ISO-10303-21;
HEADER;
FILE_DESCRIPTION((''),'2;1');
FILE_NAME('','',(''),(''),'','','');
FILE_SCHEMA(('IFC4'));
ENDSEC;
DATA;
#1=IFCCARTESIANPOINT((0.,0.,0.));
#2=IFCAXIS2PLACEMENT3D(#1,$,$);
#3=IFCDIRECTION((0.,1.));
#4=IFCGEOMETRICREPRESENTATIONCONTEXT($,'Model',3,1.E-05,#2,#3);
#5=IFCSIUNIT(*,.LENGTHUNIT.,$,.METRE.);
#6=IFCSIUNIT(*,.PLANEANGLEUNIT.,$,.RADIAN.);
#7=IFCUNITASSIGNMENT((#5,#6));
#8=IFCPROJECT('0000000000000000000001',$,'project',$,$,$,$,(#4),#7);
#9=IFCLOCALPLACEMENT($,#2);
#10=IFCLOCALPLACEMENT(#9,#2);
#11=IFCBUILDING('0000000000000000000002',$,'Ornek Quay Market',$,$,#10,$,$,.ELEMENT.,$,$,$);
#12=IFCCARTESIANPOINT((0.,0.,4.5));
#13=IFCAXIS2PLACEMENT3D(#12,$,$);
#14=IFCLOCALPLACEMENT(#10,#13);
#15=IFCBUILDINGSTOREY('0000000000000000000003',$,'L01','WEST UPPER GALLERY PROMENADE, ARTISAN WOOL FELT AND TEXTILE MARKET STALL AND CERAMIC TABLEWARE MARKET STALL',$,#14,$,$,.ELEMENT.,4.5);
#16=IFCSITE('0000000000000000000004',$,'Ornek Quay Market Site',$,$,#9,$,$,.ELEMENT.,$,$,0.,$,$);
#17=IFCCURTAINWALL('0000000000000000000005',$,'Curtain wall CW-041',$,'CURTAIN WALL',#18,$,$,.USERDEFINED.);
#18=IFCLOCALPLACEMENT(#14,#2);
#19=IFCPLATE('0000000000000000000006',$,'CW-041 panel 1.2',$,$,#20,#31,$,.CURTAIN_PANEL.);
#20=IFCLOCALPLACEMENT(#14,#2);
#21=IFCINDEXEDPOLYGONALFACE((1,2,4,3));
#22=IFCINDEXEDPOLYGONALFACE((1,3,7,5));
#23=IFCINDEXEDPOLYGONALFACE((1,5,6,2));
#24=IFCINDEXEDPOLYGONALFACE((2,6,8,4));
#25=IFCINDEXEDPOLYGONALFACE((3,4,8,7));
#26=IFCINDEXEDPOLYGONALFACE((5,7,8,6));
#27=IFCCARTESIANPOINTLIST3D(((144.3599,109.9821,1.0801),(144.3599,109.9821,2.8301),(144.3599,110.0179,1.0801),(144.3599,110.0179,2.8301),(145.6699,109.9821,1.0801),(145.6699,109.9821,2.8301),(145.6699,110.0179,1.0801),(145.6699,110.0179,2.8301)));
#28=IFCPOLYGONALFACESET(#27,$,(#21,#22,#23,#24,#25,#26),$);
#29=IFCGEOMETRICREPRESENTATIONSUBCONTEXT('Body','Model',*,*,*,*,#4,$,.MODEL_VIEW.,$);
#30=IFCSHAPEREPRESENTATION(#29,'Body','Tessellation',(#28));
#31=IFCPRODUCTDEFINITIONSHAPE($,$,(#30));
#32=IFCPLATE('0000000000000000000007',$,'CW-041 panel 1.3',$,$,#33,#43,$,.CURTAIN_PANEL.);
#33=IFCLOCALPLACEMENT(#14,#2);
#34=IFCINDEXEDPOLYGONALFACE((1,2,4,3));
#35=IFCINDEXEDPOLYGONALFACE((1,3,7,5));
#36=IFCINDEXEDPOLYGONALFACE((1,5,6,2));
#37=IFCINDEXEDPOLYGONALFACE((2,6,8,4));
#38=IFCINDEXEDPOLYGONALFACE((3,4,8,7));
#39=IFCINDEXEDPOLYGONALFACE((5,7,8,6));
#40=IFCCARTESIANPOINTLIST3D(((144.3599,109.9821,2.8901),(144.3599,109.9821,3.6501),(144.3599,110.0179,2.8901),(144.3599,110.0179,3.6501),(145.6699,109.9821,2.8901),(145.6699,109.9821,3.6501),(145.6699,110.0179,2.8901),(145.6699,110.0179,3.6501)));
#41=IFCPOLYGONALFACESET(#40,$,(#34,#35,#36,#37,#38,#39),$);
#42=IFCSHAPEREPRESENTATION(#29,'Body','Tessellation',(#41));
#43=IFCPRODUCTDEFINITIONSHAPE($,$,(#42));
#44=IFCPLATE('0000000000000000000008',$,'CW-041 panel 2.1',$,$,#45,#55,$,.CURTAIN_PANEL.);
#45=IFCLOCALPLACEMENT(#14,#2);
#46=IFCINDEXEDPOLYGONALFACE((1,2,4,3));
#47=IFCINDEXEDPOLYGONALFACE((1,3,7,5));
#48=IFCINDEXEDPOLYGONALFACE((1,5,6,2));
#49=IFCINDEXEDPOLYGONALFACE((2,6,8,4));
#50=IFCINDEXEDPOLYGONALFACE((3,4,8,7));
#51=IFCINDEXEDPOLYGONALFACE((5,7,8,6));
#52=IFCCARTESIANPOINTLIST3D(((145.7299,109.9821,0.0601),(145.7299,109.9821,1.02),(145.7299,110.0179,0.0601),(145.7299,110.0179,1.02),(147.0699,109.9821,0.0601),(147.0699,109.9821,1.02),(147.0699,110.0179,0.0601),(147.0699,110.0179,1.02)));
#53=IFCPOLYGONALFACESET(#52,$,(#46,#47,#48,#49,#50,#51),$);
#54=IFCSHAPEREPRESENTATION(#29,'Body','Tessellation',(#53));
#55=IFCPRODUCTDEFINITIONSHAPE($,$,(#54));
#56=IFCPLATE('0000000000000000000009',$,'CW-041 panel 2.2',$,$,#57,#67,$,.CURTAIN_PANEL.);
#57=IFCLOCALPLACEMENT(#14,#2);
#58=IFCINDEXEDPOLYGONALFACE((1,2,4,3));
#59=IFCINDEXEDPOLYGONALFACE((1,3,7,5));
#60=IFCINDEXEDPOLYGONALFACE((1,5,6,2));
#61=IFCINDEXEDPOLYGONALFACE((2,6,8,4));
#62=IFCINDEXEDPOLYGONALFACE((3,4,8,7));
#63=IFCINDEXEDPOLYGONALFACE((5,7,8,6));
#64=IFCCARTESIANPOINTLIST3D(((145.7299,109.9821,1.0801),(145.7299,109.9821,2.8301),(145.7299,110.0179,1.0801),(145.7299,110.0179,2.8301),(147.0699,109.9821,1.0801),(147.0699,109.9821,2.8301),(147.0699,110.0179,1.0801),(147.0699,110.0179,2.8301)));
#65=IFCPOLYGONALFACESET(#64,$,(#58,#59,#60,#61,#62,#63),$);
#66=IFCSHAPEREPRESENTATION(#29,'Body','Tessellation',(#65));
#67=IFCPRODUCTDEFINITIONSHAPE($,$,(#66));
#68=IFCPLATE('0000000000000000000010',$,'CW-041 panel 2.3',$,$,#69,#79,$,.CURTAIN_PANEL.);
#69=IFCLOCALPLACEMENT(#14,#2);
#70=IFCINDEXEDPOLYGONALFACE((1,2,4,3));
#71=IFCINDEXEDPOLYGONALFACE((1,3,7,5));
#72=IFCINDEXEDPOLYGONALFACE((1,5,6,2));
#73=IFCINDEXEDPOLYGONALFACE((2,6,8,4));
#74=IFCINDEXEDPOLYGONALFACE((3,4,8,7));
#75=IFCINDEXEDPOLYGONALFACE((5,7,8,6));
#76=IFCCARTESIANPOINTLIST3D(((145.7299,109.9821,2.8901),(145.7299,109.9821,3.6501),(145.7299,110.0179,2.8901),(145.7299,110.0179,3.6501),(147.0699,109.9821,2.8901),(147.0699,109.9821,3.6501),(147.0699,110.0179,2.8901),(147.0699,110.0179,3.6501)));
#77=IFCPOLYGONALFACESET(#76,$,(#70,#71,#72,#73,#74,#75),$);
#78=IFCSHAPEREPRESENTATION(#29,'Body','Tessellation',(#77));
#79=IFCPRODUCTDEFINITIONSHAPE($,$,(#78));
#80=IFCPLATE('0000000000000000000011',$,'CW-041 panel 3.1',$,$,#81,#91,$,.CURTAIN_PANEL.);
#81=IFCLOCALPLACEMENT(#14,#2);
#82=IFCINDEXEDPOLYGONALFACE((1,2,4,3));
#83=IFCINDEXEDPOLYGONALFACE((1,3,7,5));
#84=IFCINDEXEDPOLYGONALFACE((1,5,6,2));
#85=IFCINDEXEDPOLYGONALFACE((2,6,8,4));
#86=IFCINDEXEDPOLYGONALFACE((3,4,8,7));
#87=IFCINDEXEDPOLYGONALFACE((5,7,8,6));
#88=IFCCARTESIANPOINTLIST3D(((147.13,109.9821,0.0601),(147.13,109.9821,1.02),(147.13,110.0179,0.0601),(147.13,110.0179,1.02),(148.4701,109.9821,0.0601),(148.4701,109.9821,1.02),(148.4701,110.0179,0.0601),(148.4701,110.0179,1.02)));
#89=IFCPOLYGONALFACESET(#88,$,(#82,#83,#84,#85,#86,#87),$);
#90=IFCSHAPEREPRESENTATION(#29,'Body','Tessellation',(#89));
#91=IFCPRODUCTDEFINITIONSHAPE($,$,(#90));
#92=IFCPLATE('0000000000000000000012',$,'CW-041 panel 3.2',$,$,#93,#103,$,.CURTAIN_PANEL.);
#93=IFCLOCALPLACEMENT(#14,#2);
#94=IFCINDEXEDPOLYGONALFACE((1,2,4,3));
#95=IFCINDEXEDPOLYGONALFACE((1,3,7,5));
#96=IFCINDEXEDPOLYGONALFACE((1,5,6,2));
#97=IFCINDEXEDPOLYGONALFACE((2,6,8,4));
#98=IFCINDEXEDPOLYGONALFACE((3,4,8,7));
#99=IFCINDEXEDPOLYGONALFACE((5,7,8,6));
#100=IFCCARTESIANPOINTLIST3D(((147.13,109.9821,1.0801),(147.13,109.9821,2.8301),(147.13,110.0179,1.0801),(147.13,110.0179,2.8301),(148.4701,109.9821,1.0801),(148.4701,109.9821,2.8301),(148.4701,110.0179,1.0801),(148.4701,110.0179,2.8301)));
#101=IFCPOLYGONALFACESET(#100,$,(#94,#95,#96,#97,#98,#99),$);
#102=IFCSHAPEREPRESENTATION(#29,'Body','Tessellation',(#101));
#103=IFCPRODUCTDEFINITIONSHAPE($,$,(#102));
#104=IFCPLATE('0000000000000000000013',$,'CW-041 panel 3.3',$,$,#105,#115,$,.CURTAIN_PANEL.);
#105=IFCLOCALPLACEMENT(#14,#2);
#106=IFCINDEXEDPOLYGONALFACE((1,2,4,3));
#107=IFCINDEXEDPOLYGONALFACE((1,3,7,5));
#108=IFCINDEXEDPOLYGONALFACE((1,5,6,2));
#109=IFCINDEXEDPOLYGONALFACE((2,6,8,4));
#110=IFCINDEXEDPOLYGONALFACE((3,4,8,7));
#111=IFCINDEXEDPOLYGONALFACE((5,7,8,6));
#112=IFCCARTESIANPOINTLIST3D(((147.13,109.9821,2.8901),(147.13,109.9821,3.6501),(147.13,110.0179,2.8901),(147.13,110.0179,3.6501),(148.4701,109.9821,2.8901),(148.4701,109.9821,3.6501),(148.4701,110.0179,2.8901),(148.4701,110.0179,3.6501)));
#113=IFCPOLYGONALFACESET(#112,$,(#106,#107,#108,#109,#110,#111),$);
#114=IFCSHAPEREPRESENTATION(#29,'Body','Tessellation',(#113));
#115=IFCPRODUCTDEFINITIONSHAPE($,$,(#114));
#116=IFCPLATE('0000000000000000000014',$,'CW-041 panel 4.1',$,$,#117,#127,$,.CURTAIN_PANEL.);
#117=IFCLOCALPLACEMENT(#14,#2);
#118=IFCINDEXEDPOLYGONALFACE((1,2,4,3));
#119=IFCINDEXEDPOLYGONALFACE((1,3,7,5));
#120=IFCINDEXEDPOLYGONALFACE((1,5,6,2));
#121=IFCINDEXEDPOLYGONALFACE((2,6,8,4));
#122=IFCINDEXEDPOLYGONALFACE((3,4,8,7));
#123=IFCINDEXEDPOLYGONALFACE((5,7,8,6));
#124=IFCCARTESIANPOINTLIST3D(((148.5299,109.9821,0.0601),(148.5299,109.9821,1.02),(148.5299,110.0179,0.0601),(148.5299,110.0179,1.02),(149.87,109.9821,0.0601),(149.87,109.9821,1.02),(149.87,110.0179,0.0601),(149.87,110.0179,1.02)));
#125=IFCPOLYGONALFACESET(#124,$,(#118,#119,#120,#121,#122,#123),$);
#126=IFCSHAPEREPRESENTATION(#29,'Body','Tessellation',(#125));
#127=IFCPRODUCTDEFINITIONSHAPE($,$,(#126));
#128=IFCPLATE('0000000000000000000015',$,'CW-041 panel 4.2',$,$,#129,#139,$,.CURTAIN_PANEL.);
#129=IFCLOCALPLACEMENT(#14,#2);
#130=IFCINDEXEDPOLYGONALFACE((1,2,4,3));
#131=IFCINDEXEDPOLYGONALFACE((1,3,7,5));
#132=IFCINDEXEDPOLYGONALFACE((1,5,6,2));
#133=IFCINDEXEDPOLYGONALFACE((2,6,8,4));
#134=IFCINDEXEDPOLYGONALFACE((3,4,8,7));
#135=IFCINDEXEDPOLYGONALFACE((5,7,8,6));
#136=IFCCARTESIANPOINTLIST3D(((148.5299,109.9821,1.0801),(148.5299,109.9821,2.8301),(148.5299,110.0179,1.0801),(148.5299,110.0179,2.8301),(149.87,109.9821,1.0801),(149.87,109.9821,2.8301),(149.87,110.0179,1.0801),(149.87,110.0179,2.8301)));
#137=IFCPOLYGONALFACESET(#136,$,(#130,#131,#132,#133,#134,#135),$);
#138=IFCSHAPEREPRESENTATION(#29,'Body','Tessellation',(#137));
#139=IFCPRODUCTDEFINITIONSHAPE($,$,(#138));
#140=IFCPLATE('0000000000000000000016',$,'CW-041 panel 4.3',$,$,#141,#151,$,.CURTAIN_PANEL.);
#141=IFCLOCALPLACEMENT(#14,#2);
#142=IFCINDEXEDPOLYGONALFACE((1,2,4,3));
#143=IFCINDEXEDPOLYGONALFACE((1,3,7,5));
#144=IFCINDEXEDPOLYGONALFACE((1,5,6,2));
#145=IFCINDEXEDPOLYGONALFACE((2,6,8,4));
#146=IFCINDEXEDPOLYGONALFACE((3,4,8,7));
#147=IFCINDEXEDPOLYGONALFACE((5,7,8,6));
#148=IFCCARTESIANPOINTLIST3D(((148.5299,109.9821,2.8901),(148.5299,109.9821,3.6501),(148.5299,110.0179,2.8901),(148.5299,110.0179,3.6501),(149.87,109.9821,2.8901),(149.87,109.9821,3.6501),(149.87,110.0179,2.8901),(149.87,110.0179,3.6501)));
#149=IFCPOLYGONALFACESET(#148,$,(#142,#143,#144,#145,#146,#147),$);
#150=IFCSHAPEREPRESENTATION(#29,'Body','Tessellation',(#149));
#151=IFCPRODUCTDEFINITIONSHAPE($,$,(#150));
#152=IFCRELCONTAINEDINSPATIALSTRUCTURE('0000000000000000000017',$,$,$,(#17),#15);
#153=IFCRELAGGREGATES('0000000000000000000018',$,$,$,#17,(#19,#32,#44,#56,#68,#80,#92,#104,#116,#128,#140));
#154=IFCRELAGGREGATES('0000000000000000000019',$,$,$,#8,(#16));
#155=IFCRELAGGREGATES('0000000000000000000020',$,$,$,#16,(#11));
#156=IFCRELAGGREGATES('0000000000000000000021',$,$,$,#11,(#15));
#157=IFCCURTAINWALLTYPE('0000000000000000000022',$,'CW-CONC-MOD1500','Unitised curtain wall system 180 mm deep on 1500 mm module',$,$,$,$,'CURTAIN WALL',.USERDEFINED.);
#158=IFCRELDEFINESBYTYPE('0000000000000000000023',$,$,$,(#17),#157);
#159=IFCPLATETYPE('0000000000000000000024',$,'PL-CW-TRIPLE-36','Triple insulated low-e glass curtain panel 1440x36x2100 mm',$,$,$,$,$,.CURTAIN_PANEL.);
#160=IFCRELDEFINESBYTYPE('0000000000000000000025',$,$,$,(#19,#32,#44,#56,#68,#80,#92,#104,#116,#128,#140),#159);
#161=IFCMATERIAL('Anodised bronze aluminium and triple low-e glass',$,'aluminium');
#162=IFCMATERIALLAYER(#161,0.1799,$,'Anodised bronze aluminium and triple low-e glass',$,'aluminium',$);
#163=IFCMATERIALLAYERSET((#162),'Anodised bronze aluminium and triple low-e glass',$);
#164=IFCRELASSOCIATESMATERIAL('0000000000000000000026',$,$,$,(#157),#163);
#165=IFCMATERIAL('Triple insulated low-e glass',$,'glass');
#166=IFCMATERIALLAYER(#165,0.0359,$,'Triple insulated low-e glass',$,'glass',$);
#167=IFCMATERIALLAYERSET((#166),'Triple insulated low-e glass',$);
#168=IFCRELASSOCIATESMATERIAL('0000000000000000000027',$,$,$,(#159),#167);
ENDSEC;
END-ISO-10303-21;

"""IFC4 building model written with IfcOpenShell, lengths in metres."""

from ifc_helpers import new_model, si_unit, direction, frame, origin, origin_2d, place, context, subcontext, project, spatial, rectangle, extrude, material, layer, layer_set, type_object, element, aggregate, save


model = new_model("IFC4")

# Units and contexts
model_context = context("Model", 3, precision=1e-05, world=origin(), true_north=direction((0.0, 1.0)))
body_context = subcontext(model_context, "Body", "Model", "MODEL_VIEW")
ifc_project = project(units=[si_unit("LENGTHUNIT", "METRE"), si_unit("PLANEANGLEUNIT", "RADIAN")], contexts=[model_context])

# Site, building, storey
site_placement = place(None, origin())
site = spatial("IfcSite", under=ifc_project, at=site_placement, Name="Ornek Quay Market Site", CompositionType="ELEMENT", RefElevation=0.0)
building_placement = place(site_placement, origin())
building = spatial("IfcBuilding", under=site, at=building_placement, Name="Ornek Quay Market", CompositionType="ELEMENT")
storey_placement = place(building_placement, frame((0.0, 0.0, 4.5)))
storey = spatial("IfcBuildingStorey", under=building, at=storey_placement, Name="L01", Description="WEST UPPER GALLERY PROMENADE, ARTISAN WOOL FELT AND TEXTILE MARKET STALL AND CERAMIC TABLEWARE MARKET STALL", CompositionType="ELEMENT", Elevation=4.5)

# Curtain wall, plates
ifc_material_1 = material(Name="Anodised bronze aluminium and triple low-e glass", Category="aluminium")
ifc_layer_1 = layer(ifc_material_1, 0.1799, Name="Anodised bronze aluminium and triple low-e glass", Category="aluminium")
ifc_layer_set_1 = layer_set([ifc_layer_1], Name="Anodised bronze aluminium and triple low-e glass")
curtain_wall_type = type_object("IfcCurtainWallType", Name="CW-CONC-MOD1500", Description="Unitised curtain wall system 180 mm deep on 1500 mm module", ElementType="CURTAIN WALL", PredefinedType="USERDEFINED", material=ifc_layer_set_1)
curtain_wall_placement = place(storey_placement, origin())
curtain_wall = element("IfcCurtainWall", 1, at=curtain_wall_placement, inside=storey, type_object=curtain_wall_type, Name="Curtain wall CW-041", ObjectType="CURTAIN WALL", PredefinedType="USERDEFINED")
ifc_material_2 = material(Name="Triple insulated low-e glass", Category="glass")
ifc_layer_2 = layer(ifc_material_2, 0.0359, Name="Triple insulated low-e glass", Category="glass")
ifc_layer_set_2 = layer_set([ifc_layer_2], Name="Triple insulated low-e glass")
plate_type = type_object("IfcPlateType", Name="PL-CW-TRIPLE-36", Description="Triple insulated low-e glass curtain panel 1440x36x2100 mm", PredefinedType="CURTAIN_PANEL", material=ifc_layer_set_2)
plate_1_placement = place(storey_placement, frame((145.0149, 110.0, 1.0801), z_axis=(0.0, 0.0, 1.0), x_axis=(1.0, 0.0, 0.0)))
plate_1 = element("IfcPlate", 2, at=plate_1_placement, type_object=plate_type, Name="CW-041 panel 1.2", PredefinedType="CURTAIN_PANEL", context=body_context, shape_type="SweptSolid", body=[
    extrude(rectangle(XDim=1.3101, YDim=0.0359, at=origin_2d()), origin(), (0.0, 0.0, 1.0), 1.75),
])
plate_2_placement = place(storey_placement, frame((145.0149, 110.0, 2.8901), z_axis=(0.0, 0.0, 1.0), x_axis=(1.0, 0.0, 0.0)))
plate_2 = element("IfcPlate", 3, at=plate_2_placement, type_object=plate_type, Name="CW-041 panel 1.3", PredefinedType="CURTAIN_PANEL", context=body_context, shape_type="SweptSolid", body=[
    extrude(rectangle(XDim=1.3101, YDim=0.0359, at=origin_2d()), origin(), (0.0, 0.0, 1.0), 0.76),
])
plate_3_placement = place(storey_placement, frame((146.3999, 110.0, 0.0601), z_axis=(0.0, 0.0, 1.0), x_axis=(1.0, 0.0, 0.0)))
plate_3 = element("IfcPlate", 4, at=plate_3_placement, type_object=plate_type, Name="CW-041 panel 2.1", PredefinedType="CURTAIN_PANEL", context=body_context, shape_type="SweptSolid", body=[
    extrude(rectangle(XDim=1.3401, YDim=0.0359, at=origin_2d()), origin(), (0.0, 0.0, 1.0), 0.96),
])
plate_4_placement = place(storey_placement, frame((146.3999, 110.0, 1.0801), z_axis=(0.0, 0.0, 1.0), x_axis=(1.0, 0.0, 0.0)))
plate_4 = element("IfcPlate", 5, at=plate_4_placement, type_object=plate_type, Name="CW-041 panel 2.2", PredefinedType="CURTAIN_PANEL", context=body_context, shape_type="SweptSolid", body=[
    extrude(rectangle(XDim=1.3401, YDim=0.0359, at=origin_2d()), origin(), (0.0, 0.0, 1.0), 1.75),
])
plate_5_placement = place(storey_placement, frame((146.3999, 110.0, 2.8901), z_axis=(0.0, 0.0, 1.0), x_axis=(1.0, 0.0, 0.0)))
plate_5 = element("IfcPlate", 6, at=plate_5_placement, type_object=plate_type, Name="CW-041 panel 2.3", PredefinedType="CURTAIN_PANEL", context=body_context, shape_type="SweptSolid", body=[
    extrude(rectangle(XDim=1.3401, YDim=0.0359, at=origin_2d()), origin(), (0.0, 0.0, 1.0), 0.76),
])
plate_6_placement = place(storey_placement, frame((147.8, 110.0, 0.0601), z_axis=(0.0, 0.0, 1.0), x_axis=(1.0, 0.0, 0.0)))
plate_6 = element("IfcPlate", 7, at=plate_6_placement, type_object=plate_type, Name="CW-041 panel 3.1", PredefinedType="CURTAIN_PANEL", context=body_context, shape_type="SweptSolid", body=[
    extrude(rectangle(XDim=1.3401, YDim=0.0359, at=origin_2d()), origin(), (0.0, 0.0, 1.0), 0.96),
])
plate_7_placement = place(storey_placement, frame((147.8, 110.0, 1.0801), z_axis=(0.0, 0.0, 1.0), x_axis=(1.0, 0.0, 0.0)))
plate_7 = element("IfcPlate", 8, at=plate_7_placement, type_object=plate_type, Name="CW-041 panel 3.2", PredefinedType="CURTAIN_PANEL", context=body_context, shape_type="SweptSolid", body=[
    extrude(rectangle(XDim=1.3401, YDim=0.0359, at=origin_2d()), origin(), (0.0, 0.0, 1.0), 1.75),
])
plate_8_placement = place(storey_placement, frame((147.8, 110.0, 2.8901), z_axis=(0.0, 0.0, 1.0), x_axis=(1.0, 0.0, 0.0)))
plate_8 = element("IfcPlate", 9, at=plate_8_placement, type_object=plate_type, Name="CW-041 panel 3.3", PredefinedType="CURTAIN_PANEL", context=body_context, shape_type="SweptSolid", body=[
    extrude(rectangle(XDim=1.3401, YDim=0.0359, at=origin_2d()), origin(), (0.0, 0.0, 1.0), 0.76),
])
plate_9_placement = place(storey_placement, frame((149.2, 110.0, 0.0601), z_axis=(0.0, 0.0, 1.0), x_axis=(1.0, 0.0, 0.0)))
plate_9 = element("IfcPlate", 10, at=plate_9_placement, type_object=plate_type, Name="CW-041 panel 4.1", PredefinedType="CURTAIN_PANEL", context=body_context, shape_type="SweptSolid", body=[
    extrude(rectangle(XDim=1.3401, YDim=0.0359, at=origin_2d()), origin(), (0.0, 0.0, 1.0), 0.96),
])
plate_10_placement = place(storey_placement, frame((149.2, 110.0, 1.0801), z_axis=(0.0, 0.0, 1.0), x_axis=(1.0, 0.0, 0.0)))
plate_10 = element("IfcPlate", 11, at=plate_10_placement, type_object=plate_type, Name="CW-041 panel 4.2", PredefinedType="CURTAIN_PANEL", context=body_context, shape_type="SweptSolid", body=[
    extrude(rectangle(XDim=1.3401, YDim=0.0359, at=origin_2d()), origin(), (0.0, 0.0, 1.0), 1.75),
])
plate_11_placement = place(storey_placement, frame((149.2, 110.0, 2.8901), z_axis=(0.0, 0.0, 1.0), x_axis=(1.0, 0.0, 0.0)))
plate_11 = element("IfcPlate", 12, at=plate_11_placement, type_object=plate_type, Name="CW-041 panel 4.3", PredefinedType="CURTAIN_PANEL", context=body_context, shape_type="SweptSolid", body=[
    extrude(rectangle(XDim=1.3401, YDim=0.0359, at=origin_2d()), origin(), (0.0, 0.0, 1.0), 0.76),
])
aggregate(curtain_wall, [plate_1, plate_2, plate_3, plate_4, plate_5, plate_6, plate_7, plate_8, plate_9, plate_10, plate_11])

save(model, "model.ifc")
